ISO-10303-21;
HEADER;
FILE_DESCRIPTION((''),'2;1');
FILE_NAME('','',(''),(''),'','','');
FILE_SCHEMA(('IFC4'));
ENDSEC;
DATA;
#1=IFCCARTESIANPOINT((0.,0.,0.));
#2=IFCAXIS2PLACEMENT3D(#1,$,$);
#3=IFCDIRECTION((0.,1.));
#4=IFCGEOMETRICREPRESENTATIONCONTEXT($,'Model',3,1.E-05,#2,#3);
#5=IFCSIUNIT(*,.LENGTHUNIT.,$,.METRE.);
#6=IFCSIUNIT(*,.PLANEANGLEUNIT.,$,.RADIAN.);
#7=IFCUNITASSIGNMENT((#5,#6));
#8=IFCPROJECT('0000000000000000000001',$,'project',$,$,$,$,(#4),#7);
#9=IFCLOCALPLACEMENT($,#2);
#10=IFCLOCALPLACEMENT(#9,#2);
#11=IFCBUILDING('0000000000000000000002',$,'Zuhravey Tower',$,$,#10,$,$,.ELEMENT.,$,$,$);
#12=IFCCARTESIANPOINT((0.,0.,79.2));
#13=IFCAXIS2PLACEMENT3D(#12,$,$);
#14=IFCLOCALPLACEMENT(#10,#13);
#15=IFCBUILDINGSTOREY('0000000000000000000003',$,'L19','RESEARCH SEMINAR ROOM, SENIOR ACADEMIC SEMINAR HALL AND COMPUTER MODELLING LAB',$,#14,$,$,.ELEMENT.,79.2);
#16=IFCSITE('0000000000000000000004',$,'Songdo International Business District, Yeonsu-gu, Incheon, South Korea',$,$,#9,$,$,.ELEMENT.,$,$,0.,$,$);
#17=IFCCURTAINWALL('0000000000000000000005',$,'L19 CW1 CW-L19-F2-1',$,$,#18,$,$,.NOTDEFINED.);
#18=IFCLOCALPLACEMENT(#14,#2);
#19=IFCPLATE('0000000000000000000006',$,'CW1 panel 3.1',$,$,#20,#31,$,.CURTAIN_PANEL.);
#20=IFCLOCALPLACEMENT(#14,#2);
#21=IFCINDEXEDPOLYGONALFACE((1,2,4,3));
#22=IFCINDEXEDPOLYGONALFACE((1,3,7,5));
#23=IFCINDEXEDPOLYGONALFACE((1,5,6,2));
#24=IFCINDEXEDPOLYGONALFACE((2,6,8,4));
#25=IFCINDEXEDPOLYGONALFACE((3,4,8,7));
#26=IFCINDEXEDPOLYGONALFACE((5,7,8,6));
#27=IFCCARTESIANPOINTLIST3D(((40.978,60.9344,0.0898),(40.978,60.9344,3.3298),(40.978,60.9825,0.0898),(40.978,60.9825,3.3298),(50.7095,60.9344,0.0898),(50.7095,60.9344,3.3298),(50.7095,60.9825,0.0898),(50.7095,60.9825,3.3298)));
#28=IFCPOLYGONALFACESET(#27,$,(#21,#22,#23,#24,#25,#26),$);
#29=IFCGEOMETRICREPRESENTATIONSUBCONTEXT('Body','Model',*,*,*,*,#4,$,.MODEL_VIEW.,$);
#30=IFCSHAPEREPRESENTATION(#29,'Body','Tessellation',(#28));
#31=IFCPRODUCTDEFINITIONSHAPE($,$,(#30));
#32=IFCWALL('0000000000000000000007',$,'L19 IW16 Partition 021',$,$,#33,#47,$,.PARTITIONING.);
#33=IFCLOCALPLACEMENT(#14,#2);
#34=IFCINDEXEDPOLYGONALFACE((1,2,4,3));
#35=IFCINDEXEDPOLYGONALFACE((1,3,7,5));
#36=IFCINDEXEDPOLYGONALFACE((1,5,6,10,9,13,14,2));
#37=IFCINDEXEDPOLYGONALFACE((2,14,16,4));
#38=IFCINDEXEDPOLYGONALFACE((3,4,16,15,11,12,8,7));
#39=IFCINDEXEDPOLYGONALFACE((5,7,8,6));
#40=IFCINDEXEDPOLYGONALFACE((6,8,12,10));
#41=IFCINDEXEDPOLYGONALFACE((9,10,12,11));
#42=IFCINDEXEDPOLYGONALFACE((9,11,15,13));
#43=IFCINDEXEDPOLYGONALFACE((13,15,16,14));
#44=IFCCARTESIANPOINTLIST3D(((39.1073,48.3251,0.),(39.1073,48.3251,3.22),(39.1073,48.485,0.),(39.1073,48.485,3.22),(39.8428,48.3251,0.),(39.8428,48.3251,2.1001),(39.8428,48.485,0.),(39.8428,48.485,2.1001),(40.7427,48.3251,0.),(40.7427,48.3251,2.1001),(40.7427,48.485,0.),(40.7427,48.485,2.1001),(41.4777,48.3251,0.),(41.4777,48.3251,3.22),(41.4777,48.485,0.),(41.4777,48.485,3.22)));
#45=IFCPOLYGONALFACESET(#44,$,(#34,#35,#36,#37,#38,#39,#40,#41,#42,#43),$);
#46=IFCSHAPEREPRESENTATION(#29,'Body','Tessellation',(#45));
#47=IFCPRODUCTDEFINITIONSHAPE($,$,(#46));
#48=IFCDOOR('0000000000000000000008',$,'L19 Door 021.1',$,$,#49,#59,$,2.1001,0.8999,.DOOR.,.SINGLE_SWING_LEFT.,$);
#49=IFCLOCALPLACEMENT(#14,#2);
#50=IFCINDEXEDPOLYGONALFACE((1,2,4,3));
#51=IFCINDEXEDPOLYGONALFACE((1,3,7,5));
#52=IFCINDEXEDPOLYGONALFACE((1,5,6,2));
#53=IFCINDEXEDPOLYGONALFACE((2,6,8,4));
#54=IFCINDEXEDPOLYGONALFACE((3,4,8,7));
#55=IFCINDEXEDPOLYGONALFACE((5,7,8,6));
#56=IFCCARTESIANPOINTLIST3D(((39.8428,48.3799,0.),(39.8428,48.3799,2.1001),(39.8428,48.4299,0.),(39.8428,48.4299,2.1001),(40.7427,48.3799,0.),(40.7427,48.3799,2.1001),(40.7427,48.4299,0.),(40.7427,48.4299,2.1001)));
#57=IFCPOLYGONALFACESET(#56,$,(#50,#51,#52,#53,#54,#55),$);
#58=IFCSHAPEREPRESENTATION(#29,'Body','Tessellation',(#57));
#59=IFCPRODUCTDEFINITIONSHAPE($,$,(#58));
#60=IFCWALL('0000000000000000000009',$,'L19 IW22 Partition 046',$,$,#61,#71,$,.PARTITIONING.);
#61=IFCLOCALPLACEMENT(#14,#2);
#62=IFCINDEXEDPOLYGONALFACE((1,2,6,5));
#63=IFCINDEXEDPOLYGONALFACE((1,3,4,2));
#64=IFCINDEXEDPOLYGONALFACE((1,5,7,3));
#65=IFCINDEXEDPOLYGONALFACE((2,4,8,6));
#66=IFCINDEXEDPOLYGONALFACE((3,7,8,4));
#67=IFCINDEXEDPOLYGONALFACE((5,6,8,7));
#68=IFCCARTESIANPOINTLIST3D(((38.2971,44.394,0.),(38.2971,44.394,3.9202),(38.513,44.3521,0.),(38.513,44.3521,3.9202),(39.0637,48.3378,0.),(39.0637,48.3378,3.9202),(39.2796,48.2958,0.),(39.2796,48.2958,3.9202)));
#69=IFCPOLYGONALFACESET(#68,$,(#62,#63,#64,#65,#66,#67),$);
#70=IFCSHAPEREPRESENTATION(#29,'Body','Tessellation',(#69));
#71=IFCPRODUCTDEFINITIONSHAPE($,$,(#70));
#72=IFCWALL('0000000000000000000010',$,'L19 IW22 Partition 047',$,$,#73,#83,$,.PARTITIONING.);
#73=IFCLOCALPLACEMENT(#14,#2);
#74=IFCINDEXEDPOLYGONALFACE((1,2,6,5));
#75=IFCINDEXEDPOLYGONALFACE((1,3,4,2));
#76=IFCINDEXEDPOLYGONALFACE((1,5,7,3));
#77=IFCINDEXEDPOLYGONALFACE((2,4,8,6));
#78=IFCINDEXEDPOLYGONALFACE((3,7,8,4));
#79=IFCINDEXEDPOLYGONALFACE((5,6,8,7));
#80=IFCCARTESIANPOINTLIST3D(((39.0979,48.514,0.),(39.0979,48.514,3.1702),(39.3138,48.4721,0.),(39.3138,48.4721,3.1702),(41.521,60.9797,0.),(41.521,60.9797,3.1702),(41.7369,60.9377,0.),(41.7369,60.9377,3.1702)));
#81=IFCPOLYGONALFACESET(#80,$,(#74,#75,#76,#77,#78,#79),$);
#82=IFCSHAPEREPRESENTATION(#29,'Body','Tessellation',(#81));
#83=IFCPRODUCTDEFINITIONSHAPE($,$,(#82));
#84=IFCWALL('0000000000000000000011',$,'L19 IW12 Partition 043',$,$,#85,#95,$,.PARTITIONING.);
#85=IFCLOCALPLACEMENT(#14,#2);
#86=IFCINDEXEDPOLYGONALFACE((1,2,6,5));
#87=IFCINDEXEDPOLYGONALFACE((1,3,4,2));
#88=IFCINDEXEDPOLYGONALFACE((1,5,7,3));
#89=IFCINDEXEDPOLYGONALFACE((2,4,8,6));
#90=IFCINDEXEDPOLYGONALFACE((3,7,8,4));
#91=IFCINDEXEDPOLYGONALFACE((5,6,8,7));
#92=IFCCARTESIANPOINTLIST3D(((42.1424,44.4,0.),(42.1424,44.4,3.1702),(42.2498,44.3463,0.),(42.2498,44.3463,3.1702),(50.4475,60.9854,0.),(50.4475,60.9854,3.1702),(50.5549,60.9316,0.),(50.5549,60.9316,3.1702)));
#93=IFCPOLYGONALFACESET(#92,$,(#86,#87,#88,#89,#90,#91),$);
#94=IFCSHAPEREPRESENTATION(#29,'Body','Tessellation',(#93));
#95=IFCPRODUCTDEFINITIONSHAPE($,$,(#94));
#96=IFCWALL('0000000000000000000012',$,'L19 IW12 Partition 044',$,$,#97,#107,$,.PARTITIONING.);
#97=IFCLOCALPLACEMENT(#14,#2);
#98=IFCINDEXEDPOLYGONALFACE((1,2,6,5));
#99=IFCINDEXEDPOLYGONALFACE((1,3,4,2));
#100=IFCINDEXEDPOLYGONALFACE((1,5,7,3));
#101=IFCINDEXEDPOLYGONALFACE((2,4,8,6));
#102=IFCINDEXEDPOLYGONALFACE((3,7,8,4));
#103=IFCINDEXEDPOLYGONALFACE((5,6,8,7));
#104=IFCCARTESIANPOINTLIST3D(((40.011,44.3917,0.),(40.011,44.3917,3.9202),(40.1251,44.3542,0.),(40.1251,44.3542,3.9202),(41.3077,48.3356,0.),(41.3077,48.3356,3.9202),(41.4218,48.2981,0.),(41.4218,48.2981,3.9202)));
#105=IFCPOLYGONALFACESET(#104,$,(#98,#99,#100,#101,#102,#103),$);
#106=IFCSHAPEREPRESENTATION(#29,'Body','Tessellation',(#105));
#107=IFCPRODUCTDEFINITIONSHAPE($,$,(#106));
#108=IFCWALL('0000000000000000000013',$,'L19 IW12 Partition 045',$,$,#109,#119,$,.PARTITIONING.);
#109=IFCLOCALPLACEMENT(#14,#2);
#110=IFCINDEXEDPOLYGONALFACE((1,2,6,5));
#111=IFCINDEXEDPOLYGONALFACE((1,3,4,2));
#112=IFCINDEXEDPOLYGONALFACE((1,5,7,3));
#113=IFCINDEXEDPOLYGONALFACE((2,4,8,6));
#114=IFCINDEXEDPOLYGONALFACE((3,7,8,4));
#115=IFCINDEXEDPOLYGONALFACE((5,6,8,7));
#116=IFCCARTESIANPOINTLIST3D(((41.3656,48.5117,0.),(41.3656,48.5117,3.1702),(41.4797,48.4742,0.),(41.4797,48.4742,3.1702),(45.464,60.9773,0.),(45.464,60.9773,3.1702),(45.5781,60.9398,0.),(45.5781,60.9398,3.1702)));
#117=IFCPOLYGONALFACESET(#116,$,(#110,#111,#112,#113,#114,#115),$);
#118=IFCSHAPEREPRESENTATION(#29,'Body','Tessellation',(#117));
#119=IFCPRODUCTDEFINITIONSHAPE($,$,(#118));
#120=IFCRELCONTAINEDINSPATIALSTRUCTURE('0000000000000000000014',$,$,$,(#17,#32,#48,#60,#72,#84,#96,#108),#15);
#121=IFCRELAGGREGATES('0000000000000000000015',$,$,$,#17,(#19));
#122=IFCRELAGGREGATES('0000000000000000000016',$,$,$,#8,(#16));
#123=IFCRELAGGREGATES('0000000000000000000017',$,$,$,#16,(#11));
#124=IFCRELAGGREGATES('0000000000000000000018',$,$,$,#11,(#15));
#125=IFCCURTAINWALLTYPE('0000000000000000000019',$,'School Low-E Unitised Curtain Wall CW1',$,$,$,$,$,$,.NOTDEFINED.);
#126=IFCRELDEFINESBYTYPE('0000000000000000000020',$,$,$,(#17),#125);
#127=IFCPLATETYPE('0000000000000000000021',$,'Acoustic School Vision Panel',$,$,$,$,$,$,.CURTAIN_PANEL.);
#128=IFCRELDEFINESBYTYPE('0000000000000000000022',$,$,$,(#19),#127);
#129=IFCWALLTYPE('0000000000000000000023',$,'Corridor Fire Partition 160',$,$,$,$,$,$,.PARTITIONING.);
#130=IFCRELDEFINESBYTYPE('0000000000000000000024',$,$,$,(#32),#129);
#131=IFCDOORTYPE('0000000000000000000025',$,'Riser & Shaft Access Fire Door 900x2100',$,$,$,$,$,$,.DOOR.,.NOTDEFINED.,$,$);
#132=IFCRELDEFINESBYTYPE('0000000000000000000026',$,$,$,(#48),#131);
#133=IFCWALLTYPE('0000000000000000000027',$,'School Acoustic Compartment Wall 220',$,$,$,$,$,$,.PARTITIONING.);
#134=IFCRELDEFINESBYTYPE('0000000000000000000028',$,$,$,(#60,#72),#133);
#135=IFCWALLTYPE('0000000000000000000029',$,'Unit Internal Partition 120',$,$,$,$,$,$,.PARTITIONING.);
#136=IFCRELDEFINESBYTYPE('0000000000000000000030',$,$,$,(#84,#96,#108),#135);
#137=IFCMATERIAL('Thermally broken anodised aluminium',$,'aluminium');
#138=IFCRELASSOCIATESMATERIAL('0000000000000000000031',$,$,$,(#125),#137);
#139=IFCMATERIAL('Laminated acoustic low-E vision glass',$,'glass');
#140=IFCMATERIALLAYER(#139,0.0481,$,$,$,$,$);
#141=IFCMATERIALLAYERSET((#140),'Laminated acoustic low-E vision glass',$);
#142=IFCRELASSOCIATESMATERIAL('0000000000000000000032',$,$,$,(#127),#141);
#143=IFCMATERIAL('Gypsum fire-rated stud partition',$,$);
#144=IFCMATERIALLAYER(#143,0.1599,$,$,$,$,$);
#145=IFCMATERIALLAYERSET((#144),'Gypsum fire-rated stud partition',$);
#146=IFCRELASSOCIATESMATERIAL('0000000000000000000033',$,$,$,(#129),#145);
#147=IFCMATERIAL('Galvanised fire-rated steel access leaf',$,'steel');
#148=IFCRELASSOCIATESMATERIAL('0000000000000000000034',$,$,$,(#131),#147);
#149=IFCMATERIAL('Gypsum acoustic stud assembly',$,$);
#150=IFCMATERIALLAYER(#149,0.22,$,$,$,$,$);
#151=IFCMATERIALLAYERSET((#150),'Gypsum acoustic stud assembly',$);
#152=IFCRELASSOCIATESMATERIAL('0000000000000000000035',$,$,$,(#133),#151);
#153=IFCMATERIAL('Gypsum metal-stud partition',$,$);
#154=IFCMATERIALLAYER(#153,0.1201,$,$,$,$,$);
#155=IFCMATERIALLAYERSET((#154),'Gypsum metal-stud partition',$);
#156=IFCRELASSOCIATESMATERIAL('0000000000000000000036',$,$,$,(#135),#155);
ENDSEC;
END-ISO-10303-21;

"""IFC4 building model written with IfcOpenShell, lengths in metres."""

from ifc_helpers import new_model, si_unit, direction, frame, frame_2d, origin, origin_2d, place, context, subcontext, project, spatial, rectangle, extrude, material, layer, layer_set, type_object, element, fill, aggregate, save


model = new_model("IFC4")

# Units and contexts
model_context = context("Model", 3, precision=1e-05, world=origin(), true_north=direction((0.0, 1.0)))
body_context = subcontext(model_context, "Body", "Model", "MODEL_VIEW")
ifc_project = project(units=[si_unit("LENGTHUNIT", "METRE"), si_unit("PLANEANGLEUNIT", "RADIAN")], contexts=[model_context])

# Site, building, storey
site_placement = place(None, origin())
site = spatial("IfcSite", under=ifc_project, at=site_placement, Name="Songdo International Business District, Yeonsu-gu, Incheon, South Korea", CompositionType="ELEMENT", RefElevation=0.0)
building_placement = place(site_placement, origin())
building = spatial("IfcBuilding", under=site, at=building_placement, Name="Zuhravey Tower", CompositionType="ELEMENT")
storey_placement = place(building_placement, frame((0.0, 0.0, 79.2)))
storey = spatial("IfcBuildingStorey", under=building, at=storey_placement, Name="L19", Description="RESEARCH SEMINAR ROOM, SENIOR ACADEMIC SEMINAR HALL AND COMPUTER MODELLING LAB", CompositionType="ELEMENT", Elevation=79.2)

# Curtain wall
ifc_material_1 = material(Name="Thermally broken anodised aluminium", Category="aluminium")
curtain_wall_type = type_object("IfcCurtainWallType", Name="School Low-E Unitised Curtain Wall CW1", PredefinedType="NOTDEFINED", material=ifc_material_1)
curtain_wall_placement = place(storey_placement, origin())
curtain_wall = element("IfcCurtainWall", 1, at=curtain_wall_placement, inside=storey, type_object=curtain_wall_type, Name="L19 CW1 CW-L19-F2-1", PredefinedType="NOTDEFINED")

# Plate
ifc_material_2 = material(Name="Laminated acoustic low-E vision glass", Category="glass")
ifc_layer_1 = layer(ifc_material_2, 0.0481)
ifc_layer_set_1 = layer_set([ifc_layer_1], Name="Laminated acoustic low-E vision glass")
plate_type = type_object("IfcPlateType", Name="Acoustic School Vision Panel", PredefinedType="CURTAIN_PANEL", material=ifc_layer_set_1)
plate_1_placement = place(storey_placement, frame((45.8438, 60.9585, 0.0898), z_axis=(0.0, 0.0, 1.0), x_axis=(1.0, 0.0, 0.0)))
plate_1 = element("IfcPlate", 2, at=plate_1_placement, type_object=plate_type, Name="CW1 panel 3.1", PredefinedType="CURTAIN_PANEL", context=body_context, shape_type="SweptSolid", body=[
    extrude(rectangle(XDim=9.7314, YDim=0.0481, at=origin_2d()), origin(), (0.0, 0.0, 1.0), 3.24),
])
aggregate(curtain_wall, [plate_1])

# Wall, opening, door
ifc_material_3 = material(Name="Gypsum fire-rated stud partition")
ifc_layer_2 = layer(ifc_material_3, 0.1599)
ifc_layer_set_2 = layer_set([ifc_layer_2], Name="Gypsum fire-rated stud partition")
wall_type_1 = type_object("IfcWallType", Name="Corridor Fire Partition 160", PredefinedType="PARTITIONING", material=ifc_layer_set_2)
wall_1_placement = place(storey_placement, frame((39.1074, 48.405, 0.0), z_axis=(0.0, 0.0, 1.0), x_axis=(1.0, 0.0, 0.0)))
wall_1 = element("IfcWall", 3, at=wall_1_placement, inside=storey, type_object=wall_type_1, Name="L19 IW16 Partition 021", PredefinedType="PARTITIONING", context=body_context, shape_type="SweptSolid", body=[
    extrude(rectangle(XDim=2.3704, YDim=0.1599, at=frame_2d((1.1851, 0.0))), origin(), (0.0, 0.0, 1.0), 3.22),
])
opening_placement = place(wall_1_placement, frame((0.7354, 0.0, 0.0)))
opening = element("IfcOpeningElement", 4, at=opening_placement, cuts=wall_1, PredefinedType="OPENING", context=body_context, shape_type="SweptSolid", body=[
    extrude(rectangle(XDim=0.8999, YDim=2.1001, at=frame_2d((0.45, 1.05))), frame((0.0, 0.092, 0.0), z_axis=(0.0, -1.0, 0.0), x_axis=(1.0, 0.0, 0.0)), (0.0, 0.0, 1.0), 0.1838),
])
ifc_material_4 = material(Name="Galvanised fire-rated steel access leaf", Category="steel")
door_type = type_object("IfcDoorType", Name="Riser & Shaft Access Fire Door 900x2100", OperationType="NOTDEFINED", PredefinedType="DOOR", material=ifc_material_4)
door_placement = place(opening_placement, origin())
door = element("IfcDoor", 5, at=door_placement, inside=storey, type_object=door_type, Name="L19 Door 021.1", OperationType="SINGLE_SWING_LEFT", OverallHeight=2.1001, OverallWidth=0.8999, PredefinedType="DOOR", context=body_context, shape_type="SweptSolid", body=[
    extrude(rectangle(XDim=0.8999, YDim=2.1001, at=frame_2d((0.45, 1.05))), frame((0.0, 0.0249, 0.0), z_axis=(0.0, -1.0, 0.0), x_axis=(1.0, 0.0, 0.0)), (0.0, 0.0, 1.0), 0.05),
])
fill(opening, door)

# Walls
ifc_material_5 = material(Name="Gypsum acoustic stud assembly")
ifc_layer_3 = layer(ifc_material_5, 0.22)
ifc_layer_set_3 = layer_set([ifc_layer_3], Name="Gypsum acoustic stud assembly")
wall_type_2 = type_object("IfcWallType", Name="School Acoustic Compartment Wall 220", PredefinedType="PARTITIONING", material=ifc_layer_set_3)
wall_2_placement = place(storey_placement, frame((38.405, 44.373, 0.0), z_axis=(0.0, 0.0, 1.0), x_axis=(0.190808, 0.981627, 0.0)))
element("IfcWall", 6, at=wall_2_placement, inside=storey, type_object=wall_type_2, Name="L19 IW22 Partition 046", PredefinedType="PARTITIONING", context=body_context, shape_type="SweptSolid", body=[
    extrude(rectangle(XDim=4.0176, YDim=0.22, at=frame_2d((2.0088, 0.0))), origin(), (0.0, 0.0, 1.0), 3.9202),
])
wall_3_placement = place(storey_placement, frame((39.2058, 48.4929, 0.0), z_axis=(0.0, 0.0, 1.0), x_axis=(0.190812, 0.981627, 0.0)))
element("IfcWall", 7, at=wall_3_placement, inside=storey, type_object=wall_type_2, Name="L19 IW22 Partition 047", PredefinedType="PARTITIONING", context=body_context, shape_type="SweptSolid", body=[
    extrude(rectangle(XDim=12.699, YDim=0.22, at=frame_2d((6.3496, 0.0))), origin(), (0.0, 0.0, 1.0), 3.1702),
])
ifc_material_6 = material(Name="Gypsum metal-stud partition")
ifc_layer_4 = layer(ifc_material_6, 0.1201)
ifc_layer_set_4 = layer_set([ifc_layer_4], Name="Gypsum metal-stud partition")
wall_type_3 = type_object("IfcWallType", Name="Unit Internal Partition 120", PredefinedType="PARTITIONING", material=ifc_layer_set_4)
wall_4_placement = place(storey_placement, frame((42.196, 44.373, 0.0), z_axis=(0.0, 0.0, 1.0), x_axis=(0.447751, 0.894159, 0.0)))
element("IfcWall", 8, at=wall_4_placement, inside=storey, type_object=wall_type_3, Name="L19 IW12 Partition 043", PredefinedType="PARTITIONING", context=body_context, shape_type="SweptSolid", body=[
    extrude(rectangle(XDim=18.5486, YDim=0.1201, at=frame_2d((9.2744, 0.0))), origin(), (0.0, 0.0, 1.0), 3.1702),
])
wall_5_placement = place(storey_placement, frame((40.0681, 44.373, 0.0), z_axis=(0.0, 0.0, 1.0), x_axis=(0.312326, 0.949975, 0.0)))
element("IfcWall", 9, at=wall_5_placement, inside=storey, type_object=wall_type_3, Name="L19 IW12 Partition 044", PredefinedType="PARTITIONING", context=body_context, shape_type="SweptSolid", body=[
    extrude(rectangle(XDim=4.1516, YDim=0.1201, at=frame_2d((2.0757, 0.0))), origin(), (0.0, 0.0, 1.0), 3.9202),
])
wall_6_placement = place(storey_placement, frame((41.4226, 48.4929, 0.0), z_axis=(0.0, 0.0, 1.0), x_axis=(0.312329, 0.949974, 0.0)))
element("IfcWall", 10, at=wall_6_placement, inside=storey, type_object=wall_type_3, Name="L19 IW12 Partition 045", PredefinedType="PARTITIONING", context=body_context, shape_type="SweptSolid", body=[
    extrude(rectangle(XDim=13.1221, YDim=0.1201, at=frame_2d((6.561, 0.0))), origin(), (0.0, 0.0, 1.0), 3.1702),
])

save(model, "model.ifc")
